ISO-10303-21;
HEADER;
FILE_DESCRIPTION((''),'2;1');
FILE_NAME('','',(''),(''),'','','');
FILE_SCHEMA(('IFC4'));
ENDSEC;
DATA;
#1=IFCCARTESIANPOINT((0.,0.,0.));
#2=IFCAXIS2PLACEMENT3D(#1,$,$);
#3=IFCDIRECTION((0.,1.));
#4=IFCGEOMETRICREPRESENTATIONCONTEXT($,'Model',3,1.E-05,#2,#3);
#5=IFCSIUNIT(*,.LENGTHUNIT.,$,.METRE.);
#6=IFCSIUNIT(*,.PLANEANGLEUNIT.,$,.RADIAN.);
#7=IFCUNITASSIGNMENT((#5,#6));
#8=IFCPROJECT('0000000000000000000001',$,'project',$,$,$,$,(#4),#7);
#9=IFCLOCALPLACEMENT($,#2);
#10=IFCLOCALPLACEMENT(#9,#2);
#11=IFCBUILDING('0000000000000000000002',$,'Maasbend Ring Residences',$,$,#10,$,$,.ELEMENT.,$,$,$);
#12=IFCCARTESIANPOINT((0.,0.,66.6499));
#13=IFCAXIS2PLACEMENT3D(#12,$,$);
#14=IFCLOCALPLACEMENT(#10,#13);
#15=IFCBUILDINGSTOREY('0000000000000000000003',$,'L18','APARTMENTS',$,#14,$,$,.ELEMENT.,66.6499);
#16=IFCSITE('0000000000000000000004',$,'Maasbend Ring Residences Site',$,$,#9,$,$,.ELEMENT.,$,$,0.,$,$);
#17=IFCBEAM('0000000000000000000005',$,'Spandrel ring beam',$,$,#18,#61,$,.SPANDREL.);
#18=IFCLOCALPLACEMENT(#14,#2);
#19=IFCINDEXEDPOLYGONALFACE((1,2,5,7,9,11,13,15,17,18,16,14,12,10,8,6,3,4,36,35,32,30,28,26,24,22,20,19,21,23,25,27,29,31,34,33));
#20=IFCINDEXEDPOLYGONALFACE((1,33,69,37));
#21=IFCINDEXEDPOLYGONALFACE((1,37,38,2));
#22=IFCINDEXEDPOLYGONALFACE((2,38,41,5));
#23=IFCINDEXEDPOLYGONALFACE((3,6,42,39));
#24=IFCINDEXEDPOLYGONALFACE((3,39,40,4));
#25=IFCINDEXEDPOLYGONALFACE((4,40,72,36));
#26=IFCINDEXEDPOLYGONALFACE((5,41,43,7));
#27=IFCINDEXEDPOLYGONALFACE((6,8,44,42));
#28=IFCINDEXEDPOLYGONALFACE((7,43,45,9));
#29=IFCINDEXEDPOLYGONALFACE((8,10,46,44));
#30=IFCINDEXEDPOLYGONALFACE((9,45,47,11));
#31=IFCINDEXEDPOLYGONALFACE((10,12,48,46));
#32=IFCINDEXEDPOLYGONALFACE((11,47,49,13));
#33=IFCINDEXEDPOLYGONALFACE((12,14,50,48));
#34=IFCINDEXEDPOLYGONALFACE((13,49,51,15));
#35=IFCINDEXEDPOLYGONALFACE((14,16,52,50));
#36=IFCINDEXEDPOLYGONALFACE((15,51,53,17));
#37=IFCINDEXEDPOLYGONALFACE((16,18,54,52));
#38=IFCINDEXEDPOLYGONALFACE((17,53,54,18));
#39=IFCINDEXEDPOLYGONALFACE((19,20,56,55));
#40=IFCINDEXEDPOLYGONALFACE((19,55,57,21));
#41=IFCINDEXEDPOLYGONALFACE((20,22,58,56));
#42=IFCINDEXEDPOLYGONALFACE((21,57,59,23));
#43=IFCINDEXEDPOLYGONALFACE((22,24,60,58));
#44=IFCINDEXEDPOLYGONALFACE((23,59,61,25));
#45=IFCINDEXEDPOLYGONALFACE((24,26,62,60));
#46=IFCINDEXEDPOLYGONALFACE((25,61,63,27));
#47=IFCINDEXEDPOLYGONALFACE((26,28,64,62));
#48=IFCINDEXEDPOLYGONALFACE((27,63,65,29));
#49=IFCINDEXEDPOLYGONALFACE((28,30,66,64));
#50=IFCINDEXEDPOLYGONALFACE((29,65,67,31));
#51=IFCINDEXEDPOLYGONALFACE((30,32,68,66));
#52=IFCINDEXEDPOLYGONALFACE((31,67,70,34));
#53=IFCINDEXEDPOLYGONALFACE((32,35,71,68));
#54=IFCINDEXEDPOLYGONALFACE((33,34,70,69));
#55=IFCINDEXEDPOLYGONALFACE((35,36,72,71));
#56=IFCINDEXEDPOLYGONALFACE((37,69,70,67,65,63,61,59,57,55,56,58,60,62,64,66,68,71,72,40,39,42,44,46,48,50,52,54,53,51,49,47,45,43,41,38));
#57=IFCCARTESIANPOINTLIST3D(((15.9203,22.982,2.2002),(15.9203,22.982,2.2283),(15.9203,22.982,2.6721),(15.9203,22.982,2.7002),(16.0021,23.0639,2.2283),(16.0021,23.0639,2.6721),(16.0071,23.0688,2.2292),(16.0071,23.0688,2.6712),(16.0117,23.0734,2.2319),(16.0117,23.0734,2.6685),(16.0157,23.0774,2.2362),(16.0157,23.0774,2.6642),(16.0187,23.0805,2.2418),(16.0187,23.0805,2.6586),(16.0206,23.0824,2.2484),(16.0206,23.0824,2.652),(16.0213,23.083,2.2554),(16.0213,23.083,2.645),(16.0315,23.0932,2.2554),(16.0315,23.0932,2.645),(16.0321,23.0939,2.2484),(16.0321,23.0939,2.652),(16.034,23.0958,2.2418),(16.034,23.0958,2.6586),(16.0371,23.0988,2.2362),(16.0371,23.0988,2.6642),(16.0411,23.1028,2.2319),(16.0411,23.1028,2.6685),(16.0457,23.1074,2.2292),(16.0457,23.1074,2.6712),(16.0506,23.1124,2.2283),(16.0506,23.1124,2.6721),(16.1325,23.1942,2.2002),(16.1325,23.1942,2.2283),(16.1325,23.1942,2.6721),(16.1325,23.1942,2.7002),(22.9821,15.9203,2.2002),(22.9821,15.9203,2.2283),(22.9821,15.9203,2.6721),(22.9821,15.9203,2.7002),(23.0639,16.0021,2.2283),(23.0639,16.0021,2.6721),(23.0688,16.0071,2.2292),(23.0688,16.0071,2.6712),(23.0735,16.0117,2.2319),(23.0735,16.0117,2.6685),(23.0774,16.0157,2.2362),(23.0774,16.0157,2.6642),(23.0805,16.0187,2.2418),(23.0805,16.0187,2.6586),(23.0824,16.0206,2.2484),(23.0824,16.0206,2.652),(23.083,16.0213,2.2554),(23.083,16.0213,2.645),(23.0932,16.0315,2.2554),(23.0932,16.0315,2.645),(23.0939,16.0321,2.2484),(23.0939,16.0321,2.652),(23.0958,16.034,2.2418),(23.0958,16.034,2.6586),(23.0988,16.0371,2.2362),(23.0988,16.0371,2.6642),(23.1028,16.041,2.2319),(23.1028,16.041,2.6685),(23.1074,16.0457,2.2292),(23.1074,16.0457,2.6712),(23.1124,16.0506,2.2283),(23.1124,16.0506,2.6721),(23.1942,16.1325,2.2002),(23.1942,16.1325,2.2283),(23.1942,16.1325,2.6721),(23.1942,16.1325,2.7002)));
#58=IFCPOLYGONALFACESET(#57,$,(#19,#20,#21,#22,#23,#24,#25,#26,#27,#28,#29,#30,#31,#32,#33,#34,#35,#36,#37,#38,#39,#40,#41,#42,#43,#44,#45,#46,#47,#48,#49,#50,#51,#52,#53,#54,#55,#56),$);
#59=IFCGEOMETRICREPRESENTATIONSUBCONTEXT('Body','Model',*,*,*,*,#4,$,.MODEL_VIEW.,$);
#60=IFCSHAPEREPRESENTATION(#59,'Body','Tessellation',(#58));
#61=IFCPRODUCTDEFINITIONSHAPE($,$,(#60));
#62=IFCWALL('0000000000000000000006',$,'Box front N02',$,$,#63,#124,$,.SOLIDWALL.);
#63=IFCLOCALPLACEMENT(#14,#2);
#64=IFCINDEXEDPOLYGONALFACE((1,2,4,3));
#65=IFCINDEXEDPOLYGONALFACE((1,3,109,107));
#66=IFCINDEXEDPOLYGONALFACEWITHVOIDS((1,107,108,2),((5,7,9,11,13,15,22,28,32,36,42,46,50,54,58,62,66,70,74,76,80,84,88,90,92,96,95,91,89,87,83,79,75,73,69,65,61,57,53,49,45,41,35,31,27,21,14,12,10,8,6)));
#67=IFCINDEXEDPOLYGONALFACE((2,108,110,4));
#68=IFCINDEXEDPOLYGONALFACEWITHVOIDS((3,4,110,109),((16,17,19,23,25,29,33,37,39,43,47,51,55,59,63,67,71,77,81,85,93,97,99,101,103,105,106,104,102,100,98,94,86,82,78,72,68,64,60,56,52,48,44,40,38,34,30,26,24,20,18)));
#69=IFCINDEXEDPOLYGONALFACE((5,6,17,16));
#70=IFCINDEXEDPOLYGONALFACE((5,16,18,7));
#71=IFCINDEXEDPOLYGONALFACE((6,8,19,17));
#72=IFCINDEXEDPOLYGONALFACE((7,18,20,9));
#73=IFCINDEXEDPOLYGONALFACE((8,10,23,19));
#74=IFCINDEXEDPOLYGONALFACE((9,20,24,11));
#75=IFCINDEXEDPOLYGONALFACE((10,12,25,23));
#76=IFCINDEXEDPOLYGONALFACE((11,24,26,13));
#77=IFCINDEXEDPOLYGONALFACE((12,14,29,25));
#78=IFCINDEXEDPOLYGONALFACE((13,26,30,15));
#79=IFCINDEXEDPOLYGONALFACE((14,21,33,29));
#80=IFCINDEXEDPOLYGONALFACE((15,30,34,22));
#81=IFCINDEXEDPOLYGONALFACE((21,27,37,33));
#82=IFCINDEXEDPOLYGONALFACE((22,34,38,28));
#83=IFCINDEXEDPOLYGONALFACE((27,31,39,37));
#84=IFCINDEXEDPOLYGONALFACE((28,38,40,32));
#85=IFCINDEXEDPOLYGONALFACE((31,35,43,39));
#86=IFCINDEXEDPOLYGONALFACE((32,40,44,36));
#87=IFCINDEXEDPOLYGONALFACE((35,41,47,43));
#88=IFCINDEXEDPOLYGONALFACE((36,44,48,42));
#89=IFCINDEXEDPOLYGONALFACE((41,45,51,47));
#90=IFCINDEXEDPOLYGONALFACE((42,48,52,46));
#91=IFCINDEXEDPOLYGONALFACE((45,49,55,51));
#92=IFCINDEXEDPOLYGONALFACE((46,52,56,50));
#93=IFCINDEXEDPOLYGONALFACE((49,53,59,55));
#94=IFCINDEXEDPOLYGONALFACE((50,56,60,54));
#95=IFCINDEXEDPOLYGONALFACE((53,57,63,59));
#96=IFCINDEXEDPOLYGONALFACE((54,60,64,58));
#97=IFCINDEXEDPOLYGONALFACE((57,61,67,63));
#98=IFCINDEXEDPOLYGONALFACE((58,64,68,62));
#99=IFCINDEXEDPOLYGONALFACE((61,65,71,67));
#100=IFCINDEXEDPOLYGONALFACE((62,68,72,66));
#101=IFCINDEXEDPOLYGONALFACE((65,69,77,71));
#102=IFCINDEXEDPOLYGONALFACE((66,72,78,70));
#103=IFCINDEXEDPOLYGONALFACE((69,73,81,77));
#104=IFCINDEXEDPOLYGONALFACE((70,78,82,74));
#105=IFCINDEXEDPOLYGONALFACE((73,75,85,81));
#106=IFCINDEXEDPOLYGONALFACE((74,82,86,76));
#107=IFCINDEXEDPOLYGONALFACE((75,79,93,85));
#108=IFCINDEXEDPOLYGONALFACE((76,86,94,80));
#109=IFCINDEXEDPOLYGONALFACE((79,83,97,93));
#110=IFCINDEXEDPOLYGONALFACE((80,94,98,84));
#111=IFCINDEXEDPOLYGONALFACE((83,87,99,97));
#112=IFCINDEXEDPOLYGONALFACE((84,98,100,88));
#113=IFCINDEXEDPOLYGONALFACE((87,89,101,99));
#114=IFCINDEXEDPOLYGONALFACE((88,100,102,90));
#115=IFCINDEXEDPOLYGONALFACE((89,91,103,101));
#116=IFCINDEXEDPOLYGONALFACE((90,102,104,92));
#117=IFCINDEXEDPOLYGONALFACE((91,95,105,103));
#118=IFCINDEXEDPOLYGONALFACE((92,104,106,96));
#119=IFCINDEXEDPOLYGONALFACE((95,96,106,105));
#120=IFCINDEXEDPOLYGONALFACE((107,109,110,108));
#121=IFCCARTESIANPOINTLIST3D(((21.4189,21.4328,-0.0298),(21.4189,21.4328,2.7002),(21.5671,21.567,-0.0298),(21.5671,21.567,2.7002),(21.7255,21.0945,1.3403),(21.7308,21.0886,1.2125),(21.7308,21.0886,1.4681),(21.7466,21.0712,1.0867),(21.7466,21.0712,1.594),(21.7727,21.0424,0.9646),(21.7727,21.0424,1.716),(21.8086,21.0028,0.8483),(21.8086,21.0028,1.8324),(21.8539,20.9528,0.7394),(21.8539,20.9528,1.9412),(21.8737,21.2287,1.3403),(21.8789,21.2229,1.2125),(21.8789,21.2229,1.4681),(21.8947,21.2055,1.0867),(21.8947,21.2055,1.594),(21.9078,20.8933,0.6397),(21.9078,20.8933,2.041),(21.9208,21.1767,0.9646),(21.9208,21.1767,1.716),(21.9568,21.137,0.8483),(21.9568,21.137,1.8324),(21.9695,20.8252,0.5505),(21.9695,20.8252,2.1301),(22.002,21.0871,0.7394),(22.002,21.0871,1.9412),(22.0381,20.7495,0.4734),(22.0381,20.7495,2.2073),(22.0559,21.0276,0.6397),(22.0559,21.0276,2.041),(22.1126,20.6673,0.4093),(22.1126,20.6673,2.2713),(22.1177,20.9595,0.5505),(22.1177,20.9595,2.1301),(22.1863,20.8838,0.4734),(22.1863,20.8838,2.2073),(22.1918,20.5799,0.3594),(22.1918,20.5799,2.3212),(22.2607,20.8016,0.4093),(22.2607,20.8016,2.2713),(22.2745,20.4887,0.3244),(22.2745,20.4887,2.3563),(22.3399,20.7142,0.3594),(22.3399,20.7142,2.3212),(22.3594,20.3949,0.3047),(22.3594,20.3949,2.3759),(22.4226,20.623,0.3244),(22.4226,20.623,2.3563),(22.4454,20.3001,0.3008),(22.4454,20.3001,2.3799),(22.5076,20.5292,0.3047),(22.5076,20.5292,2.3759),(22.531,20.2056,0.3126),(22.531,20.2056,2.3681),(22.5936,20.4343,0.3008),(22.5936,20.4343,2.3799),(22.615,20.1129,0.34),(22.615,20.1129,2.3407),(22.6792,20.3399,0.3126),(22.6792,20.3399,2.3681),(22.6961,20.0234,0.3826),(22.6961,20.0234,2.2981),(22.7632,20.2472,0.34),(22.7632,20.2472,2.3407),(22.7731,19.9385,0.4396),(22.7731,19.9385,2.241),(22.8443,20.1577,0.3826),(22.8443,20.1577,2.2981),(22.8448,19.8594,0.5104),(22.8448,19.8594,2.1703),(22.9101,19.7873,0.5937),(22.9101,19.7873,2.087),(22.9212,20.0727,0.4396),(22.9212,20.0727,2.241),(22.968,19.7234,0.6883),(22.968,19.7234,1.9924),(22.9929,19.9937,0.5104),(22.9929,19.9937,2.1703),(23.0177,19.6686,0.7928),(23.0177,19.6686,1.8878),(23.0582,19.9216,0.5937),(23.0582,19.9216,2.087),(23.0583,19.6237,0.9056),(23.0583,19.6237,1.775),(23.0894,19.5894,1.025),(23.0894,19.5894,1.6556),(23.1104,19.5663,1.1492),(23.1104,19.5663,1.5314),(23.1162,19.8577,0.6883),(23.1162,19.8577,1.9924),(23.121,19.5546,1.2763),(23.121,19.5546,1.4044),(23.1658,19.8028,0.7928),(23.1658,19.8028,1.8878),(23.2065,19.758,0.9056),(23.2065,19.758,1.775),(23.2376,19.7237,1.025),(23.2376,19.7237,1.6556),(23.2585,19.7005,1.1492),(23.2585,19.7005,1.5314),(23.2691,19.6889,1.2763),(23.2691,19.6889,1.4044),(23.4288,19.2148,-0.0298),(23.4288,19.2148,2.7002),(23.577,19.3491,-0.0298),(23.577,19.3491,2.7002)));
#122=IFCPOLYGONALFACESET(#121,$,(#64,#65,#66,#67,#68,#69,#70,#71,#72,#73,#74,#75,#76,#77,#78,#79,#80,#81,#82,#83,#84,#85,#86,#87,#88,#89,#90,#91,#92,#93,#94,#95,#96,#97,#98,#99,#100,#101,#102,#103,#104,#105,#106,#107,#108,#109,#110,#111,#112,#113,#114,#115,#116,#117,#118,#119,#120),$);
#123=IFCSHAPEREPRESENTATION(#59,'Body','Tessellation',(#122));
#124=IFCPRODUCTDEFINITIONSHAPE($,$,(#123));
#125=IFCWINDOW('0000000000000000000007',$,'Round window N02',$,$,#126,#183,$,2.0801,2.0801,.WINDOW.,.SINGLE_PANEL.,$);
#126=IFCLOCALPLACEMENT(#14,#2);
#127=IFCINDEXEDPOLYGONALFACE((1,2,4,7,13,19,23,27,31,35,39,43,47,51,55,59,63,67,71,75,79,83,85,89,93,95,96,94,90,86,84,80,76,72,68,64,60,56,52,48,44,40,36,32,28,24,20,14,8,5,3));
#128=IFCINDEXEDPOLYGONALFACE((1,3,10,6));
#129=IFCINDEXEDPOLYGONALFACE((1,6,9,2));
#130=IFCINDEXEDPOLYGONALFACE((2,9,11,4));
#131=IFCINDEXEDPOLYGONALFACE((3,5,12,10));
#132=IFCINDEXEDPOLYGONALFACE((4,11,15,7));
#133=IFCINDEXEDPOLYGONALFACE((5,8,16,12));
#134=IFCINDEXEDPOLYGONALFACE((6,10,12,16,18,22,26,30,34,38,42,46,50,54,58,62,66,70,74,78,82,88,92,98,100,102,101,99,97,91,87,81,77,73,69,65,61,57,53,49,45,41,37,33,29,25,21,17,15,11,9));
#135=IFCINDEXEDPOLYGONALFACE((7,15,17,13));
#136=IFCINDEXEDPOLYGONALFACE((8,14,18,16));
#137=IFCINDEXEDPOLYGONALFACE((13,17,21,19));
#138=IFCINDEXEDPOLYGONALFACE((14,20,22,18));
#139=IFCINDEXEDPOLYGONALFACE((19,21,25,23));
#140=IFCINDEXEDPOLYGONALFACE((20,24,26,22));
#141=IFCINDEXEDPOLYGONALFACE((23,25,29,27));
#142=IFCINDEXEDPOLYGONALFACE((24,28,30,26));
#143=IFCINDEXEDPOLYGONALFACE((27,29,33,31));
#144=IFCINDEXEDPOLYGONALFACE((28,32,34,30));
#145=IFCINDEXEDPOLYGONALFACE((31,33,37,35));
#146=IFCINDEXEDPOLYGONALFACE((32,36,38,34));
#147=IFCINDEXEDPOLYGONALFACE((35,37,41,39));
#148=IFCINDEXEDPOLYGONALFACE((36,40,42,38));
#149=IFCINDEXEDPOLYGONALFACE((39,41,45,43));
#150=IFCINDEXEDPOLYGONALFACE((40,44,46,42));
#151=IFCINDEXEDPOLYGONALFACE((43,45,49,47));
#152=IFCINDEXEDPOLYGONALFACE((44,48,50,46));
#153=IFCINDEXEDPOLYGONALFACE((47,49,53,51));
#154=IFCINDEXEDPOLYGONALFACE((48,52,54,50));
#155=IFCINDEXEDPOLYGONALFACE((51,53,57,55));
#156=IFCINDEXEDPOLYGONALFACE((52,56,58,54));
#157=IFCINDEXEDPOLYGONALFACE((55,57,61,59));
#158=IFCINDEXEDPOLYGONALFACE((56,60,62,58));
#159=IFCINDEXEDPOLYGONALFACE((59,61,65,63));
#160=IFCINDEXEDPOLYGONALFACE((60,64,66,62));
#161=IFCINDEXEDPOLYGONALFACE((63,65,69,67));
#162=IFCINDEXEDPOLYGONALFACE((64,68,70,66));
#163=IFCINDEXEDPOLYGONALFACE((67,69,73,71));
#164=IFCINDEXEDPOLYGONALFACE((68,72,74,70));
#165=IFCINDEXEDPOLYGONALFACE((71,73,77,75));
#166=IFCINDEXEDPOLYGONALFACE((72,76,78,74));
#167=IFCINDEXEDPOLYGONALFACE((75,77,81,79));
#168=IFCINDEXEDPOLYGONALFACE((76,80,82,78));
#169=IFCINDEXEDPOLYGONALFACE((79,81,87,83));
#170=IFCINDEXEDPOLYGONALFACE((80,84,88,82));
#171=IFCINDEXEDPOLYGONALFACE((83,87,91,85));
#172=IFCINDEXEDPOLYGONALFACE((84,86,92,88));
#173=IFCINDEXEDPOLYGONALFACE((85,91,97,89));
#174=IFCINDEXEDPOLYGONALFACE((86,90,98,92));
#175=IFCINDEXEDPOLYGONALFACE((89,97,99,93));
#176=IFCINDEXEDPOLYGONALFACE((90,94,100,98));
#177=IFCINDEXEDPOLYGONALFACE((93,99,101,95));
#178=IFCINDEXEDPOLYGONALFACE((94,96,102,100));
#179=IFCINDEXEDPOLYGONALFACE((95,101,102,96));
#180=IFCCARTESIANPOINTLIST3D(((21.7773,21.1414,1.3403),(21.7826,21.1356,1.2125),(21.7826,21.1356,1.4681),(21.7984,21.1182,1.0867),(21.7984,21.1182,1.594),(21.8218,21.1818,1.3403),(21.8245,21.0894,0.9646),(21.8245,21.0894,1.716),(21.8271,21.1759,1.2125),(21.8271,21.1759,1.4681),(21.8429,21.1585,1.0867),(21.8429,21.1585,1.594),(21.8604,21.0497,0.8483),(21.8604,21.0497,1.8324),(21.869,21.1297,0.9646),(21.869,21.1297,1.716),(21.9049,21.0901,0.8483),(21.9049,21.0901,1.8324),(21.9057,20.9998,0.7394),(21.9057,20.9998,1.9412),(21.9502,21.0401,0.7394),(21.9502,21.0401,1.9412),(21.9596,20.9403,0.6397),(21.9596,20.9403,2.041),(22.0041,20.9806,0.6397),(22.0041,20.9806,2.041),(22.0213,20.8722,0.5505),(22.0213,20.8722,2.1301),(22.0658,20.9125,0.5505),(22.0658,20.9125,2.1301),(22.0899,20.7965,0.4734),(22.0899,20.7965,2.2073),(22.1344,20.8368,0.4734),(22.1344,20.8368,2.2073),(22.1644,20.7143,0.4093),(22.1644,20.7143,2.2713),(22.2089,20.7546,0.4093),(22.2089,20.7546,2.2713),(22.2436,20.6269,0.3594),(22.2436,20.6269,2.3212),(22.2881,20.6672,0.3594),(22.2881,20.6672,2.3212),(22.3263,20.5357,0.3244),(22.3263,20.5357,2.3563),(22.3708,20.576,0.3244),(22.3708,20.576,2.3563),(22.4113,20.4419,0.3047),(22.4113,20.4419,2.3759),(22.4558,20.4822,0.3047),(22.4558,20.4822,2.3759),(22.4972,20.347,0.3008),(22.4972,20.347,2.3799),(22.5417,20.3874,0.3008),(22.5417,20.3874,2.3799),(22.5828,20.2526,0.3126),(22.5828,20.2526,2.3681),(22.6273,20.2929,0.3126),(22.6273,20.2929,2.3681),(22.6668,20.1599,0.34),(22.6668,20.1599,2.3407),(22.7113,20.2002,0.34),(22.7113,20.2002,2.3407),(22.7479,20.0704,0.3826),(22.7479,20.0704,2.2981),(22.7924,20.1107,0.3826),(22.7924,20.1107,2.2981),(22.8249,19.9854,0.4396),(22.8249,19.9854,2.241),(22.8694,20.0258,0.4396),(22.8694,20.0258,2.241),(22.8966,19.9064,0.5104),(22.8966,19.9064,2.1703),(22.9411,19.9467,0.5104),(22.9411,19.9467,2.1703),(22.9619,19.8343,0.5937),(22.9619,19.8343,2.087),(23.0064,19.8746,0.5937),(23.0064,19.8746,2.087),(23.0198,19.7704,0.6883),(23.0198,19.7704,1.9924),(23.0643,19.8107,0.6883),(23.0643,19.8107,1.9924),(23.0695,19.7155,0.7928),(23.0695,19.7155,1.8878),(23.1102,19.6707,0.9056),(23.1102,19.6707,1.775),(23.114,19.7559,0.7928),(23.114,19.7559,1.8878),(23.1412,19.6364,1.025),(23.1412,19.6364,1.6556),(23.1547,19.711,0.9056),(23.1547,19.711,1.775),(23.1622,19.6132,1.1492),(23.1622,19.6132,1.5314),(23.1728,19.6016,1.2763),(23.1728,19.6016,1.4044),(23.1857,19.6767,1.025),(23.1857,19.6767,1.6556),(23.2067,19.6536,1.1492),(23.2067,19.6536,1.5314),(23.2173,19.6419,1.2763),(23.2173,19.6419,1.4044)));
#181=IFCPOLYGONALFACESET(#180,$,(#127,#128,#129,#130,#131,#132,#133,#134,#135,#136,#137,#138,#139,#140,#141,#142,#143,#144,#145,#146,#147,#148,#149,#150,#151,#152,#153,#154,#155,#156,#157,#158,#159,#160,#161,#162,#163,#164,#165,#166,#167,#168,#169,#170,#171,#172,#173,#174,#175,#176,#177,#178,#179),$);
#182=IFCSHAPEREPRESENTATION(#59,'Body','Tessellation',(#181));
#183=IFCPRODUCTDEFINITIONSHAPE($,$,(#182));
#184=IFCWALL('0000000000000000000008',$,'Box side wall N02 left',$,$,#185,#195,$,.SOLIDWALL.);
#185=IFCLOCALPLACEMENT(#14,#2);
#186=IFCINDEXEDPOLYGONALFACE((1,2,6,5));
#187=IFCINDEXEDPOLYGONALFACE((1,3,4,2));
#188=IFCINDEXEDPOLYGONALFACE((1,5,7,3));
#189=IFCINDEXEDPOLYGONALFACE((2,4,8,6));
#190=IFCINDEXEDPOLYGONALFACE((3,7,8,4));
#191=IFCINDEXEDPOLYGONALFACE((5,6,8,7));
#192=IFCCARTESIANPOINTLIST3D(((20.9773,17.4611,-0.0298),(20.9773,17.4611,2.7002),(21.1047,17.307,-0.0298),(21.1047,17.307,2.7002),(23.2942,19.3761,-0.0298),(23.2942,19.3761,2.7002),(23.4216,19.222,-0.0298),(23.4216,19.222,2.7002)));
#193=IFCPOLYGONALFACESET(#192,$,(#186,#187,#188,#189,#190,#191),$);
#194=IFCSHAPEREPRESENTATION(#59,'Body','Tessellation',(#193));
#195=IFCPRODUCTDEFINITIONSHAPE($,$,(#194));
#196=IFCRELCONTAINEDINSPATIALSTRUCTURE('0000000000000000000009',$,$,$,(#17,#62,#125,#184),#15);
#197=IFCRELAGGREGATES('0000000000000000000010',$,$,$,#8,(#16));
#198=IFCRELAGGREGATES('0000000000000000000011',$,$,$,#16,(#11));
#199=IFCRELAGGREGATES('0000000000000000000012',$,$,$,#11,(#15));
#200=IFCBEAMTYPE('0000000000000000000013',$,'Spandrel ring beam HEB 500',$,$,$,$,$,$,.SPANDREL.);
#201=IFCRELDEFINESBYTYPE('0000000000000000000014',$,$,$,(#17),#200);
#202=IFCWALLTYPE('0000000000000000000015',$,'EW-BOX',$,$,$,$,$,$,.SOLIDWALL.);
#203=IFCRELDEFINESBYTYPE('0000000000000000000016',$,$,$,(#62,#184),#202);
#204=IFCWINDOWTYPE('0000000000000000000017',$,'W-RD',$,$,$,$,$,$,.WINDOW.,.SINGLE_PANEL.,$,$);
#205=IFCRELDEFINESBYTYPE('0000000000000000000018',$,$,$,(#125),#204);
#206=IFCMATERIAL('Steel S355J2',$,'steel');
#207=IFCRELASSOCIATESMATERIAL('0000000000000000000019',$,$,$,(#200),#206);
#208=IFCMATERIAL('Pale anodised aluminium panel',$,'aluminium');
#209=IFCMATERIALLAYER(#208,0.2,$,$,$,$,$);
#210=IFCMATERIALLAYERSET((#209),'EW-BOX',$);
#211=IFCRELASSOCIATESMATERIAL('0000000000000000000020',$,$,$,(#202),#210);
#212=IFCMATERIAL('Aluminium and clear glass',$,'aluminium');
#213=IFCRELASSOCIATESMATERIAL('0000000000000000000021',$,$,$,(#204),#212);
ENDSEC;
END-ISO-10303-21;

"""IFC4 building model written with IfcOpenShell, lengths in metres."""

from ifc_helpers import new_model, si_unit, direction, frame, frame_2d, origin, origin_2d, place, context, subcontext, project, spatial, rectangle, circle, i_section, extrude, material, layer, layer_set, material_profile, profile_set, type_object, element, fill, save


model = new_model("IFC4")

# Units and contexts
model_context = context("Model", 3, precision=1e-05, world=origin(), true_north=direction((0.0, 1.0)))
body_context = subcontext(model_context, "Body", "Model", "MODEL_VIEW")
ifc_project = project(units=[si_unit("LENGTHUNIT", "METRE"), si_unit("PLANEANGLEUNIT", "RADIAN")], contexts=[model_context])

# Site, building, storey
site_placement = place(None, origin())
site = spatial("IfcSite", under=ifc_project, at=site_placement, Name="Maasbend Ring Residences Site", CompositionType="ELEMENT", RefElevation=0.0)
building_placement = place(site_placement, origin())
building = spatial("IfcBuilding", under=site, at=building_placement, Name="Maasbend Ring Residences", CompositionType="ELEMENT")
storey_placement = place(building_placement, frame((0.0, 0.0, 66.6499)))
storey = spatial("IfcBuildingStorey", under=building, at=storey_placement, Name="L18", Description="APARTMENTS", CompositionType="ELEMENT", Elevation=66.6499)

# Beam
ifc_material_1 = material(Name="Steel S355J2", Category="steel")
ifc_material_profile_1 = material_profile(ifc_material_1, i_section(OverallWidth=0.3, OverallDepth=0.5, WebThickness=0.0144, FlangeThickness=0.0281, FilletRadius=0.0271, at=origin_2d()), Name="HEB 500")
ifc_profile_set_1 = profile_set([ifc_material_profile_1], Name="Steel S355J2")
beam_type = type_object("IfcBeamType", Name="Spandrel ring beam HEB 500", PredefinedType="SPANDREL", material=ifc_profile_set_1)
beam_placement = place(storey_placement, frame((23.0881, 16.0264, 2.4502), z_axis=(-0.707107, 0.707107, 0.0), x_axis=(-0.707107, -0.707107, 0.0)))
element("IfcBeam", 1, at=beam_placement, inside=storey, type_object=beam_type, Name="Spandrel ring beam", PredefinedType="SPANDREL", context=body_context, shape_type="SweptSolid", body=[
    extrude(i_section(OverallWidth=0.3, OverallDepth=0.5, WebThickness=0.0144, FlangeThickness=0.0281, FilletRadius=0.0271, at=origin_2d()), origin(), (0.0, 0.0, 1.0), 9.9868),
])

# Wall, opening, window
ifc_material_2 = material(Name="Pale anodised aluminium panel", Category="aluminium")
ifc_layer_1 = layer(ifc_material_2, 0.2)
ifc_layer_set_1 = layer_set([ifc_layer_1], Name="EW-BOX")
wall_type_1 = type_object("IfcWallType", Name="EW-BOX", PredefinedType="SOLIDWALL", material=ifc_layer_set_1)
wall_1_placement = place(storey_placement, frame((23.5029, 19.282, -0.0298), z_axis=(0.0, 0.0, 1.0), x_axis=(-0.671507, 0.740998, 0.0)))
wall_1 = element("IfcWall", 2, at=wall_1_placement, inside=storey, type_object=wall_type_1, Name="Box front N02", PredefinedType="SOLIDWALL", context=body_context, shape_type="SweptSolid", body=[
    extrude(rectangle(XDim=2.9932, YDim=0.2, at=frame_2d((1.4966, 0.0))), origin(), (0.0, 0.0, 1.0), 2.73),
])
opening_1_placement = place(wall_1_placement, frame((0.4565, 0.0, 0.3301)))
opening_1 = element("IfcOpeningElement", 3, at=opening_1_placement, cuts=wall_1, PredefinedType="OPENING", context=body_context, shape_type="SweptSolid", body=[
    extrude(circle(Radius=1.04, at=frame_2d((1.04, 1.04))), frame((0.0, 0.1099, 0.0), z_axis=(0.0, -1.0, 0.0), x_axis=(1.0, 0.0, 0.0)), (0.0, 0.0, 1.0), 0.22),
])
ifc_material_3 = material(Name="Aluminium and clear glass", Category="aluminium")
window_type_1 = type_object("IfcWindowType", Name="W-RD", PartitioningType="SINGLE_PANEL", PredefinedType="WINDOW", material=ifc_material_3)
window_1_placement = place(opening_1_placement, origin())
window_1 = element("IfcWindow", 4, at=window_1_placement, inside=storey, type_object=window_type_1, Name="Round window N02", OverallHeight=2.0801, OverallWidth=2.0801, PartitioningType="SINGLE_PANEL", PredefinedType="WINDOW", context=body_context, shape_type="SweptSolid", body=[
    extrude(circle(Radius=1.04, at=frame_2d((1.04, 1.04))), frame((0.0, 0.03, 0.0), z_axis=(0.0, -1.0, 0.0), x_axis=(1.0, 0.0, 0.0)), (0.0, 0.0, 1.0), 0.0601),
])
fill(opening_1, window_1)

# Wall
wall_2_placement = place(storey_placement, frame((21.041, 17.384, -0.0298), z_axis=(0.0, 0.0, 1.0), x_axis=(0.770785, 0.637096, 0.0)))
element("IfcWall", 5, at=wall_2_placement, inside=storey, type_object=wall_type_1, Name="Box side wall N02 left", PredefinedType="SOLIDWALL", context=body_context, shape_type="SweptSolid", body=[
    extrude(rectangle(XDim=3.0059, YDim=0.2, at=frame_2d((1.5029, 0.0))), origin(), (0.0, 0.0, 1.0), 2.73),
])

save(model, "model.ifc")
